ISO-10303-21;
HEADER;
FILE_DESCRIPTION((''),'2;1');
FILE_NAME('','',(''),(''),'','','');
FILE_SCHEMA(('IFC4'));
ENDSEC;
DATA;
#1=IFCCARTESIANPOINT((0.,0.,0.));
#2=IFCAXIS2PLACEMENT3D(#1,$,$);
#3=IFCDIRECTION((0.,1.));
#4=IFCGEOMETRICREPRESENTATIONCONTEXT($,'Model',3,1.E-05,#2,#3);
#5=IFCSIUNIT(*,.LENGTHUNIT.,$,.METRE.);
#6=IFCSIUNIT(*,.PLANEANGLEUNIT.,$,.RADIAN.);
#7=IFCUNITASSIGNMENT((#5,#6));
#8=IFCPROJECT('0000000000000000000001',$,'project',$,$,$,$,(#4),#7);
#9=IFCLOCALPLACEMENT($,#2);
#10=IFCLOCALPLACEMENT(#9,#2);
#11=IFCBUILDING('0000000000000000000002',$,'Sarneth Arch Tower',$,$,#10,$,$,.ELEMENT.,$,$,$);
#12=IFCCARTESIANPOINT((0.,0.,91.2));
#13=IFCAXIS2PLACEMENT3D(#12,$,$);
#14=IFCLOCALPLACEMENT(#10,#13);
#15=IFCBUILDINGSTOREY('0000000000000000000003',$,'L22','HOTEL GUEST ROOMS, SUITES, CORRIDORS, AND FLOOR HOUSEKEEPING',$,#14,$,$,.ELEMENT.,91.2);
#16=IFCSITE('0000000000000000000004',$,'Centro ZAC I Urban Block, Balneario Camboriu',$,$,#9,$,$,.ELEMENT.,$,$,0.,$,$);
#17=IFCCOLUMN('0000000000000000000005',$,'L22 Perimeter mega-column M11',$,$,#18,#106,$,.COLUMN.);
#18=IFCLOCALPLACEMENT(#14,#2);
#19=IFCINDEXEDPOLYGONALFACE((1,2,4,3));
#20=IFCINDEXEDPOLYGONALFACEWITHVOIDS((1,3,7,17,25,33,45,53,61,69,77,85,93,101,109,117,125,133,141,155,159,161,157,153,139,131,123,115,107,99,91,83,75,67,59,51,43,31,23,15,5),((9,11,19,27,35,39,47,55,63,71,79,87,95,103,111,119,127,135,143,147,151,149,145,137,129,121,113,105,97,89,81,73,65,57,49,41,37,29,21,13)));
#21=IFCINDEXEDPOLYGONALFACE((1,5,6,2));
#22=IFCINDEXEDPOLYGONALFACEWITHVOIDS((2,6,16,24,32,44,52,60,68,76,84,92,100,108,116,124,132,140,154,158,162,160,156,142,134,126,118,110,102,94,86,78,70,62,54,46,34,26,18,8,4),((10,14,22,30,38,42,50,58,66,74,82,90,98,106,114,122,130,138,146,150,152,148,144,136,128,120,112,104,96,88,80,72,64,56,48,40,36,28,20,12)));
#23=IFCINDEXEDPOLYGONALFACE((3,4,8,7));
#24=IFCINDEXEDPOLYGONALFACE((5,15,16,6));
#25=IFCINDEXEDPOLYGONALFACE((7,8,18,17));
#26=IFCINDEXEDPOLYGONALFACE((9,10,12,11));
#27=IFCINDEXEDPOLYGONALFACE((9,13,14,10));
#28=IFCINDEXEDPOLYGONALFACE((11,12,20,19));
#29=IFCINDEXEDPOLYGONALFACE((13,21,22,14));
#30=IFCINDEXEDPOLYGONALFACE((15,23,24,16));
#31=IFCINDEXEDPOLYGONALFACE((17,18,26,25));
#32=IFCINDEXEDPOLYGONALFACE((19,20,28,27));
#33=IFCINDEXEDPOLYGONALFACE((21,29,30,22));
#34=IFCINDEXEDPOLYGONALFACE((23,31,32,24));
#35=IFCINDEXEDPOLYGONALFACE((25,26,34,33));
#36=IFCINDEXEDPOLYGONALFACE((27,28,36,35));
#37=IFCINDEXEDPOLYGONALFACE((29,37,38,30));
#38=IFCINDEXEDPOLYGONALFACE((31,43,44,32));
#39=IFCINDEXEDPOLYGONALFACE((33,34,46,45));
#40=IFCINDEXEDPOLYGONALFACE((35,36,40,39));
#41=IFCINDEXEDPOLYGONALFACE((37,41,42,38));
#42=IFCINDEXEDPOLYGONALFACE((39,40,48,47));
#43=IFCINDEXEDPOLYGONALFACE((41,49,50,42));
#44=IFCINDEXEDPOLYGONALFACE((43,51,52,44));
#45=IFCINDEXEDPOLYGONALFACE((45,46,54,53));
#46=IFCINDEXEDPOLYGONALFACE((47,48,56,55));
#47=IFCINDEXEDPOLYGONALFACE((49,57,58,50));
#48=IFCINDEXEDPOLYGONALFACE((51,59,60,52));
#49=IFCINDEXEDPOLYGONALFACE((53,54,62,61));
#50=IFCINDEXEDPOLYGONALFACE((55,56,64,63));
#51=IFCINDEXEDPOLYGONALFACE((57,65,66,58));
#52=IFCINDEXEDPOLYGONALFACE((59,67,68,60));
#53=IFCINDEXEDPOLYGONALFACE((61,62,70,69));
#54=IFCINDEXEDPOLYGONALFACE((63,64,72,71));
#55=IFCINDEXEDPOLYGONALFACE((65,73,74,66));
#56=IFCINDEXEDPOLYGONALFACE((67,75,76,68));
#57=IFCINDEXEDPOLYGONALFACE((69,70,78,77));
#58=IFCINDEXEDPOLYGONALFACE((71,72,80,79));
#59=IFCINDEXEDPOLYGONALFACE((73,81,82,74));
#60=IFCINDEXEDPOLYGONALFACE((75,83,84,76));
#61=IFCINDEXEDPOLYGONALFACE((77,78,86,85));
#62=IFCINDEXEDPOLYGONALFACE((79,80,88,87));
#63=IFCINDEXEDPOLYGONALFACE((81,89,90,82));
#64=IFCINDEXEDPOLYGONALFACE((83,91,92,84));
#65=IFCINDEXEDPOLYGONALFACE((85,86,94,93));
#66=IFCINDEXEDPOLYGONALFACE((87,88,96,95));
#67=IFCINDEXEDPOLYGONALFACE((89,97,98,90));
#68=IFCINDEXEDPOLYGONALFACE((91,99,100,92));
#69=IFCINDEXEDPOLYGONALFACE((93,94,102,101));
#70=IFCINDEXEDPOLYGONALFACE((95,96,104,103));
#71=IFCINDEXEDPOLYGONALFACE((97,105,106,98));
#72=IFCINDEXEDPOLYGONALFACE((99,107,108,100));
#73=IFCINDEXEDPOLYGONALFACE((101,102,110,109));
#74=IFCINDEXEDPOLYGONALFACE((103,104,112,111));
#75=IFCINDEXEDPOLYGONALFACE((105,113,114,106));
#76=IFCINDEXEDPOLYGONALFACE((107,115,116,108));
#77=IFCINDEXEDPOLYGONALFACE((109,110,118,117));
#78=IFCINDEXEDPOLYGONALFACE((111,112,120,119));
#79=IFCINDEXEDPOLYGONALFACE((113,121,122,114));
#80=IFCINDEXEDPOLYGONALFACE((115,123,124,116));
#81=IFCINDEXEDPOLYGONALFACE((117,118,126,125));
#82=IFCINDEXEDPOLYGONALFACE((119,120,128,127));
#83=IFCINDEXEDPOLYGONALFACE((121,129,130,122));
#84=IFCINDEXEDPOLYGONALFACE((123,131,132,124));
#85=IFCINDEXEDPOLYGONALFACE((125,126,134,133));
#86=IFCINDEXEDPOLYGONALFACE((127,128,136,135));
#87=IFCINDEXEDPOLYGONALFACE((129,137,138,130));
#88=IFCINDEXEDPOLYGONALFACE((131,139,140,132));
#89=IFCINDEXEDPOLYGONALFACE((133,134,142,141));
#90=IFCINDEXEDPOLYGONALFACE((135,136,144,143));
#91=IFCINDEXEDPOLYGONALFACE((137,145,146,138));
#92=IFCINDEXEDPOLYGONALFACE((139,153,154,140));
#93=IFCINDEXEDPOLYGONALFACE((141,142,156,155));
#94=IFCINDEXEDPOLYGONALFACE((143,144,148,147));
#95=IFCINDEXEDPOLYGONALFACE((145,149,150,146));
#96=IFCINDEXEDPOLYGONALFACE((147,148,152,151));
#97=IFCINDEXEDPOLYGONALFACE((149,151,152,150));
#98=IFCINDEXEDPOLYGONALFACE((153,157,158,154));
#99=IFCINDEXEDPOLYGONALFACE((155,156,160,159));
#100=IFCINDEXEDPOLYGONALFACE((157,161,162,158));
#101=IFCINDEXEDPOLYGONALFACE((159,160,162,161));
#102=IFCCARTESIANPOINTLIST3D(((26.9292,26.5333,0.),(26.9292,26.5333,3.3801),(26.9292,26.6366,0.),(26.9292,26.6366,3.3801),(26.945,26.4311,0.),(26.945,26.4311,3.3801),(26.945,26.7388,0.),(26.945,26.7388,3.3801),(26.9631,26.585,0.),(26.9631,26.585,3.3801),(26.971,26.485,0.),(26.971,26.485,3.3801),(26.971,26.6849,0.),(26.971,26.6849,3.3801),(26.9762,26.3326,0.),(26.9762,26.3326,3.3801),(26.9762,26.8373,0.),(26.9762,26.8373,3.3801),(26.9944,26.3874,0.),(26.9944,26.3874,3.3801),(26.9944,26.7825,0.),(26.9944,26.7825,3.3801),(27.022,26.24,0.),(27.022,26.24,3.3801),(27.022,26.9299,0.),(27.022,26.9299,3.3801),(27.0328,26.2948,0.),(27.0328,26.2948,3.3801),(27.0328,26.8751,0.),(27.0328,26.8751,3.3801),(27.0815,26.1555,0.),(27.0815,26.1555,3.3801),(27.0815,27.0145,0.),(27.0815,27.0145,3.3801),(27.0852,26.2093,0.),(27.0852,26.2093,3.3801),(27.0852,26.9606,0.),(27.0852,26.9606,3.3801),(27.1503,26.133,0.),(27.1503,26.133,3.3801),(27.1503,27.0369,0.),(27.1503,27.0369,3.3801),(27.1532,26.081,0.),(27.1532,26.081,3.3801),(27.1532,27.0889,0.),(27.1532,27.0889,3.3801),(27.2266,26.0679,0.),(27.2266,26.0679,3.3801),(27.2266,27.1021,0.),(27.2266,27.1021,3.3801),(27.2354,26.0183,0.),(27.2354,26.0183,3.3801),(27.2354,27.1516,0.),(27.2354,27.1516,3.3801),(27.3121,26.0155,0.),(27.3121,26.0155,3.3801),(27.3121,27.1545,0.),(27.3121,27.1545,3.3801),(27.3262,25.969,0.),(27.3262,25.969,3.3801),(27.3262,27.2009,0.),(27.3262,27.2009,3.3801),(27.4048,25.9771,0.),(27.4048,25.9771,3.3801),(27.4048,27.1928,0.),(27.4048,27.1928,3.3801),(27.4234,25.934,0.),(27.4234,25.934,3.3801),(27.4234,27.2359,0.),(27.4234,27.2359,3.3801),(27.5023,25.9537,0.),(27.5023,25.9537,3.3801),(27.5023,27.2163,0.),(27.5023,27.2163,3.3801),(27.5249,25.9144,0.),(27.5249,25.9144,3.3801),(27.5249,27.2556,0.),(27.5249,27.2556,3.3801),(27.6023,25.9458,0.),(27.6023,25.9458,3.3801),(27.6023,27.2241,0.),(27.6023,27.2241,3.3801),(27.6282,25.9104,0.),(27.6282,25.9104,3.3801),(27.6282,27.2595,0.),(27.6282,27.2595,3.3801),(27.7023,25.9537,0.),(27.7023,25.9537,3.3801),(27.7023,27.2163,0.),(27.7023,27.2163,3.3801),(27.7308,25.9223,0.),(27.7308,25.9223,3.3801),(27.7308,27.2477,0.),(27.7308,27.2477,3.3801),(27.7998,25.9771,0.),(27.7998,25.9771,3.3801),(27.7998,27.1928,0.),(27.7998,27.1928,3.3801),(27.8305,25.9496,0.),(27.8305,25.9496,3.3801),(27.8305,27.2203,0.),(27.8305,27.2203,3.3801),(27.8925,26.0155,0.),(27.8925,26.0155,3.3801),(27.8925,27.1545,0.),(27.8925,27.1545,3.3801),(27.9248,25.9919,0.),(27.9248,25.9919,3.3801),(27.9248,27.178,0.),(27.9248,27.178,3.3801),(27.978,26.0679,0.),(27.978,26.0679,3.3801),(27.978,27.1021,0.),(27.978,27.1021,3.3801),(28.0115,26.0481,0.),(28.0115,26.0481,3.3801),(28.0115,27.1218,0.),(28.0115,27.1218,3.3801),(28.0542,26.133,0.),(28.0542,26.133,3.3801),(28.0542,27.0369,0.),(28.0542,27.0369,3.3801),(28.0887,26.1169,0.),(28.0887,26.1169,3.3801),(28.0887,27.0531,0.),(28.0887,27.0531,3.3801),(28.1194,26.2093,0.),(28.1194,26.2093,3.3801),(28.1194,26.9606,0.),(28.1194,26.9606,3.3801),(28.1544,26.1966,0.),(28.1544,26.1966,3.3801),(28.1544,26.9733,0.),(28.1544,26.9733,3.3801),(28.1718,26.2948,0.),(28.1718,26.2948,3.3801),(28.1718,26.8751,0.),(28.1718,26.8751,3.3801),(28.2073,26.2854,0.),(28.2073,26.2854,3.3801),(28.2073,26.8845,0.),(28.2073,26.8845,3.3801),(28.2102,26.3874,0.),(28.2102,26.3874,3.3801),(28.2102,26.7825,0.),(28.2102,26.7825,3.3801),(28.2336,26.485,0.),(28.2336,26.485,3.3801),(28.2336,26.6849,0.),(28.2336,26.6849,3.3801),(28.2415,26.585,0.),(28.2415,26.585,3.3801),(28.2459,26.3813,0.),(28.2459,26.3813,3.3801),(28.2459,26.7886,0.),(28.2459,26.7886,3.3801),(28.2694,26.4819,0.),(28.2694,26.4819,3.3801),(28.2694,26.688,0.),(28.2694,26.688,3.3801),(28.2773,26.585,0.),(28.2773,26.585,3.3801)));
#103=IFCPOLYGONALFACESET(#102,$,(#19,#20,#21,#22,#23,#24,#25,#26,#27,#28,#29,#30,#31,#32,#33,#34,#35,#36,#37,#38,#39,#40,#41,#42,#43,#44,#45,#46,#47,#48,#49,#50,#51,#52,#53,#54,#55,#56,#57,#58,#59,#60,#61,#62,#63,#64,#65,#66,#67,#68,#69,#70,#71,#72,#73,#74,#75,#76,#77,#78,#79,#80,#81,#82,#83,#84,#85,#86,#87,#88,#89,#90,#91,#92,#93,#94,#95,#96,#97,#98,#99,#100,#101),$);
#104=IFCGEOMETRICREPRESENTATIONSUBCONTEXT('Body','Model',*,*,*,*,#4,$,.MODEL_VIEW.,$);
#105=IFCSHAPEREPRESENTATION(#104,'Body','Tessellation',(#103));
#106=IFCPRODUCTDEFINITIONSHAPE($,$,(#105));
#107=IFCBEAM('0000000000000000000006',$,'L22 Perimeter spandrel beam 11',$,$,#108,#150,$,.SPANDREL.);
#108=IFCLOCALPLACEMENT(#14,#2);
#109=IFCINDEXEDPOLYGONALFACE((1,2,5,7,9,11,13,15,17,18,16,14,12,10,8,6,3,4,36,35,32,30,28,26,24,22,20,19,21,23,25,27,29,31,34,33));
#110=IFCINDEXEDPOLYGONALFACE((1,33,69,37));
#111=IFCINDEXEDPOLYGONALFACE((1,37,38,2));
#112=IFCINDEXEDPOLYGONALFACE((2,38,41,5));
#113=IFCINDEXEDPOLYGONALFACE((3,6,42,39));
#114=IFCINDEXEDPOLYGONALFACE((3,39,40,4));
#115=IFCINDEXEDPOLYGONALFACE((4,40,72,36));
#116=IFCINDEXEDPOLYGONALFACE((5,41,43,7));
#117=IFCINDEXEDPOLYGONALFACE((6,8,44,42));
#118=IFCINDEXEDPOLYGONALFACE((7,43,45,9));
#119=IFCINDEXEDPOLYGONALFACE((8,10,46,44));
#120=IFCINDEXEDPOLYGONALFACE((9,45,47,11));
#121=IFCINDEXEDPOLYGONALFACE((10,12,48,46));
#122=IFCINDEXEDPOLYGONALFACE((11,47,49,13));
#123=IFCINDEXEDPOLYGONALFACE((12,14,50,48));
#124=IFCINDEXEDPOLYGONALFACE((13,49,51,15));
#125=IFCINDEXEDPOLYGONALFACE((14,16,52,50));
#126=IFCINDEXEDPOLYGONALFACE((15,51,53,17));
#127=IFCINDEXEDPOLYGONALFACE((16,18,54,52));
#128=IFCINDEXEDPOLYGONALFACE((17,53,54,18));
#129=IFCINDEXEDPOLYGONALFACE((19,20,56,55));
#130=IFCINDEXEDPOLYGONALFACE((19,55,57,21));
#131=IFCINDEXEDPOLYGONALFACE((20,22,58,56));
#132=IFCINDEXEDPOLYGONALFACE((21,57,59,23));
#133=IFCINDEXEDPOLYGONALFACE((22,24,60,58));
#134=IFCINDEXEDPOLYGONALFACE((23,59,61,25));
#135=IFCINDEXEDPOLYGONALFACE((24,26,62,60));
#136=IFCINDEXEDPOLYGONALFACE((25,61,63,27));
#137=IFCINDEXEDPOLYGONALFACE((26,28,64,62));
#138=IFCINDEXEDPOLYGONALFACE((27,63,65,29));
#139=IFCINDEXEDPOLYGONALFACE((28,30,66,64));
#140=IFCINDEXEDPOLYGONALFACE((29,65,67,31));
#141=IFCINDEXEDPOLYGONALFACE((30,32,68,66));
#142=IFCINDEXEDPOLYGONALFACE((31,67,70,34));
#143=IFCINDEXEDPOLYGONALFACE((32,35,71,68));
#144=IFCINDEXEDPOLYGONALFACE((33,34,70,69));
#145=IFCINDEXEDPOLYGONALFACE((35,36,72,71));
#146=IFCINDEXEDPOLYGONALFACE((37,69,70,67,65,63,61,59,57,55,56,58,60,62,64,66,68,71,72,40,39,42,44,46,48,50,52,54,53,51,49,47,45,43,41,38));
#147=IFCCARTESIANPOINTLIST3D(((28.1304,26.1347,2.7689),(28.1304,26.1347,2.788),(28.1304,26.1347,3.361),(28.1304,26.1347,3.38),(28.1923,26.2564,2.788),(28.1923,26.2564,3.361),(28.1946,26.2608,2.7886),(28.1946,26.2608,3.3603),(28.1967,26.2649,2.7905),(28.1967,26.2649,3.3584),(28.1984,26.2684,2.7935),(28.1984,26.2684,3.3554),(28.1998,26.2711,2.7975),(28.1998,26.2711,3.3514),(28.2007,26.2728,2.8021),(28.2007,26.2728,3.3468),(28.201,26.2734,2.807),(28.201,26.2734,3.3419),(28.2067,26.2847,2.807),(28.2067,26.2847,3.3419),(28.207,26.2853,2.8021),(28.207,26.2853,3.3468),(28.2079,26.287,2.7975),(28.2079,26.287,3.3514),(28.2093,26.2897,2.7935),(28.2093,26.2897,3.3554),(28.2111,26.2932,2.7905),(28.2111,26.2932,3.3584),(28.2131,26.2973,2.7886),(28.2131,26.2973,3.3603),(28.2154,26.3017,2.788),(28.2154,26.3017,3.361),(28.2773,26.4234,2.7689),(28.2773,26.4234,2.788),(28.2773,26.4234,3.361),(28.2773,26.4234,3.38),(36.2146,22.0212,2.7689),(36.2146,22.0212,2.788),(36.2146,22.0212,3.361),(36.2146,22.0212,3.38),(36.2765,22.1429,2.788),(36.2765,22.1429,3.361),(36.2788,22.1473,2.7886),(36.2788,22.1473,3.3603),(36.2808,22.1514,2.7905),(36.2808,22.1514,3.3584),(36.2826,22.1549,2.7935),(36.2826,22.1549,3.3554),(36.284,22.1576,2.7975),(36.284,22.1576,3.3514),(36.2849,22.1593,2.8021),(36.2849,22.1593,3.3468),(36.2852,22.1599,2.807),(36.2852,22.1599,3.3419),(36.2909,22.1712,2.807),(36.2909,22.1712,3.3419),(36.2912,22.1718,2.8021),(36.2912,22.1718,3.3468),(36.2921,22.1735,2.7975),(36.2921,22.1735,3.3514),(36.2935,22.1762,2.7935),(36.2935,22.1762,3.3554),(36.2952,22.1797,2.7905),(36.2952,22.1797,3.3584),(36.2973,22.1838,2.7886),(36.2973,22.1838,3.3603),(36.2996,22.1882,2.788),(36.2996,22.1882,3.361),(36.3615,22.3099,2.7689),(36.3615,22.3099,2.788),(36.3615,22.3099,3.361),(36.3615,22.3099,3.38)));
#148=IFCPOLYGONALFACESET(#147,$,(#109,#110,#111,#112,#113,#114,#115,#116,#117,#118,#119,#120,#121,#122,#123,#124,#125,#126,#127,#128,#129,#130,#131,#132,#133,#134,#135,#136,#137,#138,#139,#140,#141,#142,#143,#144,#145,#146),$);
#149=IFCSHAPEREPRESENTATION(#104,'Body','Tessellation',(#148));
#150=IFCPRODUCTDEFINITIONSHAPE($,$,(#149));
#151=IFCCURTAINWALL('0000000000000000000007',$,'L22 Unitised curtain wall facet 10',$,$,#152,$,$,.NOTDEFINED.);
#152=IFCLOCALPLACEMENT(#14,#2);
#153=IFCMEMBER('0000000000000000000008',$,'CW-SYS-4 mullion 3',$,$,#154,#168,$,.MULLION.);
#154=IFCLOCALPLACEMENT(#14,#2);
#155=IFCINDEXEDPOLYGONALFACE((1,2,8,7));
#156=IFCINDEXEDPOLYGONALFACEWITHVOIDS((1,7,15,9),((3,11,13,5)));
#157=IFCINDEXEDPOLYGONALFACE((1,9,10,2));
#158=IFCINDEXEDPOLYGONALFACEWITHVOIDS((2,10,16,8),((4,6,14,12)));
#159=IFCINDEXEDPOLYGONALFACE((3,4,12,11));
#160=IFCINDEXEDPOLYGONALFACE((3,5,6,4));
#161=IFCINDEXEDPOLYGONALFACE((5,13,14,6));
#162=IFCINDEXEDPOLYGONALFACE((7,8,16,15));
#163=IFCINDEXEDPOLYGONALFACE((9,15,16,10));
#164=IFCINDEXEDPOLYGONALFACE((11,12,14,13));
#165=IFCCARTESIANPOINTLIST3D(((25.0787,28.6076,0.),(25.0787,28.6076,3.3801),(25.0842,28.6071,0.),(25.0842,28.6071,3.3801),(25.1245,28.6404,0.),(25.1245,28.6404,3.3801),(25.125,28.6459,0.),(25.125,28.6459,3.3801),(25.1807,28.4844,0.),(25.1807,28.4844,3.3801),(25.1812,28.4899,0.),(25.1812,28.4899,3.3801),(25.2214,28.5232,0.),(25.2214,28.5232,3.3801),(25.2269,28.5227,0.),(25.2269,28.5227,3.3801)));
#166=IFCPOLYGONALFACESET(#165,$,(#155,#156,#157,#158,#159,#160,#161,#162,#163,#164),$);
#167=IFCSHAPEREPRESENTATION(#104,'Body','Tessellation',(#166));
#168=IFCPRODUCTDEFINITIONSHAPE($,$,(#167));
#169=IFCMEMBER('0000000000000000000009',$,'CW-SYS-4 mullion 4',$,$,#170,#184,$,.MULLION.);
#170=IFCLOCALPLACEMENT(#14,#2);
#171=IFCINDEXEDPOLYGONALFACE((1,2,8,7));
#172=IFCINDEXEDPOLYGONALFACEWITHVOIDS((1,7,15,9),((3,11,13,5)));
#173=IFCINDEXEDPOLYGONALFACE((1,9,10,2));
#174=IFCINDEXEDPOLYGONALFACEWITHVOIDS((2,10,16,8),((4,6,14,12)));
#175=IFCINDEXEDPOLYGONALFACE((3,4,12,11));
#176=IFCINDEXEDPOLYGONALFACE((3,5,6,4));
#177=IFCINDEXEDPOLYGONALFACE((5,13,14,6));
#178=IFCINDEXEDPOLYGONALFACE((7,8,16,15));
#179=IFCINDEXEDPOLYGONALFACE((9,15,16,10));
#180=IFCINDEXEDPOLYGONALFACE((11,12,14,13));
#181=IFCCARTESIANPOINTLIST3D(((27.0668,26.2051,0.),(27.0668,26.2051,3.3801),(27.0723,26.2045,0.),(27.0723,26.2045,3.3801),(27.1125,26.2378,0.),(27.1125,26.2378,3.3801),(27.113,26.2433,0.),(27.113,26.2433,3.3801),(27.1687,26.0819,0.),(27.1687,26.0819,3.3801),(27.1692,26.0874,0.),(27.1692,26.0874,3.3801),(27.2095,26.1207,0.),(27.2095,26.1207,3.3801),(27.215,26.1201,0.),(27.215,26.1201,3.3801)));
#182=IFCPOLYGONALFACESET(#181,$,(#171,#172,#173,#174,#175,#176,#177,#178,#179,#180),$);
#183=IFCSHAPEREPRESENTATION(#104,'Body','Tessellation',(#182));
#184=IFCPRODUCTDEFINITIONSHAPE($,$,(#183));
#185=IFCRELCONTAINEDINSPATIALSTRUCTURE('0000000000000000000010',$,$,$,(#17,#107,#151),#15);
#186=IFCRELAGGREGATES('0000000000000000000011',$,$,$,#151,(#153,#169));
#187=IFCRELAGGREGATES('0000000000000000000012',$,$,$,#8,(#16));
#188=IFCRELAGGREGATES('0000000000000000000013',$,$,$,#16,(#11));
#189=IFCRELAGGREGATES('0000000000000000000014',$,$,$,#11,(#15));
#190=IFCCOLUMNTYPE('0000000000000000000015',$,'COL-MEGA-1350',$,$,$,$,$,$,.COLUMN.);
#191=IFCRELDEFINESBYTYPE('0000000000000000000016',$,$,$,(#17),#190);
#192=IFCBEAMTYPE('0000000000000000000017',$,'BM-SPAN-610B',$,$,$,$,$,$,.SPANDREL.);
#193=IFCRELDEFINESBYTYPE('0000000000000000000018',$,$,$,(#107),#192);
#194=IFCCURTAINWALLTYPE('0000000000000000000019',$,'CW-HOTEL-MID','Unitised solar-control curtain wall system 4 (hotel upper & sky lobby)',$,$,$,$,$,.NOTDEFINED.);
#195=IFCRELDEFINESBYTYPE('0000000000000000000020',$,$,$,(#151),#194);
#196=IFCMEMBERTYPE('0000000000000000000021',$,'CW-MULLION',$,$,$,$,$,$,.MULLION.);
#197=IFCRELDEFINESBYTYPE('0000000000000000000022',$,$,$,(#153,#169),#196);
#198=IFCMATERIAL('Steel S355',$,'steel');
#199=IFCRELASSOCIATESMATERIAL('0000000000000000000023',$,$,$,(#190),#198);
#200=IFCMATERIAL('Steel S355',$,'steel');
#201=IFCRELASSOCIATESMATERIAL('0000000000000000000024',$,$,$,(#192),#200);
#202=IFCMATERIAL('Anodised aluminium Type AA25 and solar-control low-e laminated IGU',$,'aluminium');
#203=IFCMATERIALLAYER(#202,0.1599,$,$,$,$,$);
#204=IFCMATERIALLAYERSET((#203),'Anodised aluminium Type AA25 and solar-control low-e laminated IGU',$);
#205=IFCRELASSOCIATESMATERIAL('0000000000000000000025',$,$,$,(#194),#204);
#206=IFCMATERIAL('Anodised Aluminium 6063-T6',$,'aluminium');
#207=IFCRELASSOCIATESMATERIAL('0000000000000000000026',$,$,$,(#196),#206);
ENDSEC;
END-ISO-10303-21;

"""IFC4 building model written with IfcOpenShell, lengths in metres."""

from ifc_helpers import new_model, si_unit, direction, frame, origin, origin_2d, place, context, subcontext, project, spatial, hollow_rectangle, hollow_circle, i_section, extrude, material, layer, layer_set, material_profile, profile_set, type_object, element, aggregate, save


model = new_model("IFC4")

# Units and contexts
model_context = context("Model", 3, precision=1e-05, world=origin(), true_north=direction((0.0, 1.0)))
body_context = subcontext(model_context, "Body", "Model", "MODEL_VIEW")
ifc_project = project(units=[si_unit("LENGTHUNIT", "METRE"), si_unit("PLANEANGLEUNIT", "RADIAN")], contexts=[model_context])

# Site, building, storey
site_placement = place(None, origin())
site = spatial("IfcSite", under=ifc_project, at=site_placement, Name="Centro ZAC I Urban Block, Balneario Camboriu", CompositionType="ELEMENT", RefElevation=0.0)
building_placement = place(site_placement, origin())
building = spatial("IfcBuilding", under=site, at=building_placement, Name="Sarneth Arch Tower", CompositionType="ELEMENT")
storey_placement = place(building_placement, frame((0.0, 0.0, 91.2)))
storey = spatial("IfcBuildingStorey", under=building, at=storey_placement, Name="L22", Description="HOTEL GUEST ROOMS, SUITES, CORRIDORS, AND FLOOR HOUSEKEEPING", CompositionType="ELEMENT", Elevation=91.2)

# Column
ifc_material_1 = material(Name="Steel S355", Category="steel")
ifc_material_profile_1 = material_profile(ifc_material_1, hollow_circle(Radius=0.675, WallThickness=0.0359, at=origin_2d()), Name="CHS1350x36")
ifc_profile_set_1 = profile_set([ifc_material_profile_1], Name="Steel S355")
column_type = type_object("IfcColumnType", Name="COL-MEGA-1350", PredefinedType="COLUMN", material=ifc_profile_set_1)
column_placement = place(storey_placement, frame((27.6023, 26.585, 0.0), z_axis=(0.0, 0.0, 1.0), x_axis=(1.0, 0.0, 0.0)))
element("IfcColumn", 1, at=column_placement, inside=storey, type_object=column_type, Name="L22 Perimeter mega-column M11", PredefinedType="COLUMN", context=body_context, shape_type="SweptSolid", body=[
    extrude(hollow_circle(Radius=0.675, WallThickness=0.0359, at=origin_2d()), origin(), (0.0, 0.0, 1.0), 3.3801),
])

# Beam
ifc_material_2 = material(Name="Steel S355", Category="steel")
ifc_material_profile_2 = material_profile(ifc_material_2, i_section(OverallWidth=0.324, OverallDepth=0.6111, WebThickness=0.0127, FlangeThickness=0.019, FilletRadius=0.019, at=origin_2d()), Name="W610x155")
ifc_profile_set_2 = profile_set([ifc_material_profile_2], Name="Steel S355")
beam_type = type_object("IfcBeamType", Name="BM-SPAN-610B", PredefinedType="SPANDREL", material=ifc_profile_set_2)
beam_placement = place(storey_placement, frame((28.2039, 26.2791, 3.0745), z_axis=(0.891256, -0.453501, 0.0), x_axis=(0.453501, 0.891256, 0.0)))
element("IfcBeam", 2, at=beam_placement, inside=storey, type_object=beam_type, Name="L22 Perimeter spandrel beam 11", PredefinedType="SPANDREL", context=body_context, shape_type="SweptSolid", body=[
    extrude(i_section(OverallWidth=0.324, OverallDepth=0.6111, WebThickness=0.0127, FlangeThickness=0.019, FilletRadius=0.019, at=origin_2d()), origin(), (0.0, 0.0, 1.0), 9.0706),
])

# Curtain wall, members
ifc_material_3 = material(Name="Anodised aluminium Type AA25 and solar-control low-e laminated IGU", Category="aluminium")
ifc_layer_1 = layer(ifc_material_3, 0.1599)
ifc_layer_set_1 = layer_set([ifc_layer_1], Name="Anodised aluminium Type AA25 and solar-control low-e laminated IGU")
curtain_wall_type = type_object("IfcCurtainWallType", Name="CW-HOTEL-MID", Description="Unitised solar-control curtain wall system 4 (hotel upper & sky lobby)", PredefinedType="NOTDEFINED", material=ifc_layer_set_1)
curtain_wall_placement = place(storey_placement, origin())
curtain_wall = element("IfcCurtainWall", 3, at=curtain_wall_placement, inside=storey, type_object=curtain_wall_type, Name="L22 Unitised curtain wall facet 10", PredefinedType="NOTDEFINED")
ifc_material_4 = material(Name="Anodised Aluminium 6063-T6", Category="aluminium")
ifc_material_profile_3 = material_profile(ifc_material_4, hollow_rectangle(XDim=0.0601, YDim=0.1599, WallThickness=0.0039, at=origin_2d()), Name="AL-MULL-160x60x4")
ifc_profile_set_3 = profile_set([ifc_material_profile_3], Name="Anodised Aluminium 6063-T6")
member_type_1 = type_object("IfcMemberType", Name="CW-MULLION", PredefinedType="MULLION", material=ifc_profile_set_3)
member_1_placement = place(storey_placement, frame((25.1528, 28.5652, 0.0), z_axis=(0.0, 0.0, 1.0), x_axis=(0.770438, 0.637515, 0.0)))
member_1 = element("IfcMember", 4, at=member_1_placement, type_object=member_type_1, Name="CW-SYS-4 mullion 3", PredefinedType="MULLION", context=body_context, shape_type="SweptSolid", body=[
    extrude(hollow_rectangle(XDim=0.0601, YDim=0.1599, WallThickness=0.0039, at=origin_2d()), origin(), (0.0, 0.0, 1.0), 3.3801),
])
member_2_placement = place(storey_placement, frame((27.1409, 26.1626, 0.0), z_axis=(0.0, 0.0, 1.0), x_axis=(0.770438, 0.637515, 0.0)))
member_2 = element("IfcMember", 5, at=member_2_placement, type_object=member_type_1, Name="CW-SYS-4 mullion 4", PredefinedType="MULLION", context=body_context, shape_type="SweptSolid", body=[
    extrude(hollow_rectangle(XDim=0.0601, YDim=0.1599, WallThickness=0.0039, at=origin_2d()), origin(), (0.0, 0.0, 1.0), 3.3801),
])

aggregate(curtain_wall, [member_1, member_2])

save(model, "model.ifc")
